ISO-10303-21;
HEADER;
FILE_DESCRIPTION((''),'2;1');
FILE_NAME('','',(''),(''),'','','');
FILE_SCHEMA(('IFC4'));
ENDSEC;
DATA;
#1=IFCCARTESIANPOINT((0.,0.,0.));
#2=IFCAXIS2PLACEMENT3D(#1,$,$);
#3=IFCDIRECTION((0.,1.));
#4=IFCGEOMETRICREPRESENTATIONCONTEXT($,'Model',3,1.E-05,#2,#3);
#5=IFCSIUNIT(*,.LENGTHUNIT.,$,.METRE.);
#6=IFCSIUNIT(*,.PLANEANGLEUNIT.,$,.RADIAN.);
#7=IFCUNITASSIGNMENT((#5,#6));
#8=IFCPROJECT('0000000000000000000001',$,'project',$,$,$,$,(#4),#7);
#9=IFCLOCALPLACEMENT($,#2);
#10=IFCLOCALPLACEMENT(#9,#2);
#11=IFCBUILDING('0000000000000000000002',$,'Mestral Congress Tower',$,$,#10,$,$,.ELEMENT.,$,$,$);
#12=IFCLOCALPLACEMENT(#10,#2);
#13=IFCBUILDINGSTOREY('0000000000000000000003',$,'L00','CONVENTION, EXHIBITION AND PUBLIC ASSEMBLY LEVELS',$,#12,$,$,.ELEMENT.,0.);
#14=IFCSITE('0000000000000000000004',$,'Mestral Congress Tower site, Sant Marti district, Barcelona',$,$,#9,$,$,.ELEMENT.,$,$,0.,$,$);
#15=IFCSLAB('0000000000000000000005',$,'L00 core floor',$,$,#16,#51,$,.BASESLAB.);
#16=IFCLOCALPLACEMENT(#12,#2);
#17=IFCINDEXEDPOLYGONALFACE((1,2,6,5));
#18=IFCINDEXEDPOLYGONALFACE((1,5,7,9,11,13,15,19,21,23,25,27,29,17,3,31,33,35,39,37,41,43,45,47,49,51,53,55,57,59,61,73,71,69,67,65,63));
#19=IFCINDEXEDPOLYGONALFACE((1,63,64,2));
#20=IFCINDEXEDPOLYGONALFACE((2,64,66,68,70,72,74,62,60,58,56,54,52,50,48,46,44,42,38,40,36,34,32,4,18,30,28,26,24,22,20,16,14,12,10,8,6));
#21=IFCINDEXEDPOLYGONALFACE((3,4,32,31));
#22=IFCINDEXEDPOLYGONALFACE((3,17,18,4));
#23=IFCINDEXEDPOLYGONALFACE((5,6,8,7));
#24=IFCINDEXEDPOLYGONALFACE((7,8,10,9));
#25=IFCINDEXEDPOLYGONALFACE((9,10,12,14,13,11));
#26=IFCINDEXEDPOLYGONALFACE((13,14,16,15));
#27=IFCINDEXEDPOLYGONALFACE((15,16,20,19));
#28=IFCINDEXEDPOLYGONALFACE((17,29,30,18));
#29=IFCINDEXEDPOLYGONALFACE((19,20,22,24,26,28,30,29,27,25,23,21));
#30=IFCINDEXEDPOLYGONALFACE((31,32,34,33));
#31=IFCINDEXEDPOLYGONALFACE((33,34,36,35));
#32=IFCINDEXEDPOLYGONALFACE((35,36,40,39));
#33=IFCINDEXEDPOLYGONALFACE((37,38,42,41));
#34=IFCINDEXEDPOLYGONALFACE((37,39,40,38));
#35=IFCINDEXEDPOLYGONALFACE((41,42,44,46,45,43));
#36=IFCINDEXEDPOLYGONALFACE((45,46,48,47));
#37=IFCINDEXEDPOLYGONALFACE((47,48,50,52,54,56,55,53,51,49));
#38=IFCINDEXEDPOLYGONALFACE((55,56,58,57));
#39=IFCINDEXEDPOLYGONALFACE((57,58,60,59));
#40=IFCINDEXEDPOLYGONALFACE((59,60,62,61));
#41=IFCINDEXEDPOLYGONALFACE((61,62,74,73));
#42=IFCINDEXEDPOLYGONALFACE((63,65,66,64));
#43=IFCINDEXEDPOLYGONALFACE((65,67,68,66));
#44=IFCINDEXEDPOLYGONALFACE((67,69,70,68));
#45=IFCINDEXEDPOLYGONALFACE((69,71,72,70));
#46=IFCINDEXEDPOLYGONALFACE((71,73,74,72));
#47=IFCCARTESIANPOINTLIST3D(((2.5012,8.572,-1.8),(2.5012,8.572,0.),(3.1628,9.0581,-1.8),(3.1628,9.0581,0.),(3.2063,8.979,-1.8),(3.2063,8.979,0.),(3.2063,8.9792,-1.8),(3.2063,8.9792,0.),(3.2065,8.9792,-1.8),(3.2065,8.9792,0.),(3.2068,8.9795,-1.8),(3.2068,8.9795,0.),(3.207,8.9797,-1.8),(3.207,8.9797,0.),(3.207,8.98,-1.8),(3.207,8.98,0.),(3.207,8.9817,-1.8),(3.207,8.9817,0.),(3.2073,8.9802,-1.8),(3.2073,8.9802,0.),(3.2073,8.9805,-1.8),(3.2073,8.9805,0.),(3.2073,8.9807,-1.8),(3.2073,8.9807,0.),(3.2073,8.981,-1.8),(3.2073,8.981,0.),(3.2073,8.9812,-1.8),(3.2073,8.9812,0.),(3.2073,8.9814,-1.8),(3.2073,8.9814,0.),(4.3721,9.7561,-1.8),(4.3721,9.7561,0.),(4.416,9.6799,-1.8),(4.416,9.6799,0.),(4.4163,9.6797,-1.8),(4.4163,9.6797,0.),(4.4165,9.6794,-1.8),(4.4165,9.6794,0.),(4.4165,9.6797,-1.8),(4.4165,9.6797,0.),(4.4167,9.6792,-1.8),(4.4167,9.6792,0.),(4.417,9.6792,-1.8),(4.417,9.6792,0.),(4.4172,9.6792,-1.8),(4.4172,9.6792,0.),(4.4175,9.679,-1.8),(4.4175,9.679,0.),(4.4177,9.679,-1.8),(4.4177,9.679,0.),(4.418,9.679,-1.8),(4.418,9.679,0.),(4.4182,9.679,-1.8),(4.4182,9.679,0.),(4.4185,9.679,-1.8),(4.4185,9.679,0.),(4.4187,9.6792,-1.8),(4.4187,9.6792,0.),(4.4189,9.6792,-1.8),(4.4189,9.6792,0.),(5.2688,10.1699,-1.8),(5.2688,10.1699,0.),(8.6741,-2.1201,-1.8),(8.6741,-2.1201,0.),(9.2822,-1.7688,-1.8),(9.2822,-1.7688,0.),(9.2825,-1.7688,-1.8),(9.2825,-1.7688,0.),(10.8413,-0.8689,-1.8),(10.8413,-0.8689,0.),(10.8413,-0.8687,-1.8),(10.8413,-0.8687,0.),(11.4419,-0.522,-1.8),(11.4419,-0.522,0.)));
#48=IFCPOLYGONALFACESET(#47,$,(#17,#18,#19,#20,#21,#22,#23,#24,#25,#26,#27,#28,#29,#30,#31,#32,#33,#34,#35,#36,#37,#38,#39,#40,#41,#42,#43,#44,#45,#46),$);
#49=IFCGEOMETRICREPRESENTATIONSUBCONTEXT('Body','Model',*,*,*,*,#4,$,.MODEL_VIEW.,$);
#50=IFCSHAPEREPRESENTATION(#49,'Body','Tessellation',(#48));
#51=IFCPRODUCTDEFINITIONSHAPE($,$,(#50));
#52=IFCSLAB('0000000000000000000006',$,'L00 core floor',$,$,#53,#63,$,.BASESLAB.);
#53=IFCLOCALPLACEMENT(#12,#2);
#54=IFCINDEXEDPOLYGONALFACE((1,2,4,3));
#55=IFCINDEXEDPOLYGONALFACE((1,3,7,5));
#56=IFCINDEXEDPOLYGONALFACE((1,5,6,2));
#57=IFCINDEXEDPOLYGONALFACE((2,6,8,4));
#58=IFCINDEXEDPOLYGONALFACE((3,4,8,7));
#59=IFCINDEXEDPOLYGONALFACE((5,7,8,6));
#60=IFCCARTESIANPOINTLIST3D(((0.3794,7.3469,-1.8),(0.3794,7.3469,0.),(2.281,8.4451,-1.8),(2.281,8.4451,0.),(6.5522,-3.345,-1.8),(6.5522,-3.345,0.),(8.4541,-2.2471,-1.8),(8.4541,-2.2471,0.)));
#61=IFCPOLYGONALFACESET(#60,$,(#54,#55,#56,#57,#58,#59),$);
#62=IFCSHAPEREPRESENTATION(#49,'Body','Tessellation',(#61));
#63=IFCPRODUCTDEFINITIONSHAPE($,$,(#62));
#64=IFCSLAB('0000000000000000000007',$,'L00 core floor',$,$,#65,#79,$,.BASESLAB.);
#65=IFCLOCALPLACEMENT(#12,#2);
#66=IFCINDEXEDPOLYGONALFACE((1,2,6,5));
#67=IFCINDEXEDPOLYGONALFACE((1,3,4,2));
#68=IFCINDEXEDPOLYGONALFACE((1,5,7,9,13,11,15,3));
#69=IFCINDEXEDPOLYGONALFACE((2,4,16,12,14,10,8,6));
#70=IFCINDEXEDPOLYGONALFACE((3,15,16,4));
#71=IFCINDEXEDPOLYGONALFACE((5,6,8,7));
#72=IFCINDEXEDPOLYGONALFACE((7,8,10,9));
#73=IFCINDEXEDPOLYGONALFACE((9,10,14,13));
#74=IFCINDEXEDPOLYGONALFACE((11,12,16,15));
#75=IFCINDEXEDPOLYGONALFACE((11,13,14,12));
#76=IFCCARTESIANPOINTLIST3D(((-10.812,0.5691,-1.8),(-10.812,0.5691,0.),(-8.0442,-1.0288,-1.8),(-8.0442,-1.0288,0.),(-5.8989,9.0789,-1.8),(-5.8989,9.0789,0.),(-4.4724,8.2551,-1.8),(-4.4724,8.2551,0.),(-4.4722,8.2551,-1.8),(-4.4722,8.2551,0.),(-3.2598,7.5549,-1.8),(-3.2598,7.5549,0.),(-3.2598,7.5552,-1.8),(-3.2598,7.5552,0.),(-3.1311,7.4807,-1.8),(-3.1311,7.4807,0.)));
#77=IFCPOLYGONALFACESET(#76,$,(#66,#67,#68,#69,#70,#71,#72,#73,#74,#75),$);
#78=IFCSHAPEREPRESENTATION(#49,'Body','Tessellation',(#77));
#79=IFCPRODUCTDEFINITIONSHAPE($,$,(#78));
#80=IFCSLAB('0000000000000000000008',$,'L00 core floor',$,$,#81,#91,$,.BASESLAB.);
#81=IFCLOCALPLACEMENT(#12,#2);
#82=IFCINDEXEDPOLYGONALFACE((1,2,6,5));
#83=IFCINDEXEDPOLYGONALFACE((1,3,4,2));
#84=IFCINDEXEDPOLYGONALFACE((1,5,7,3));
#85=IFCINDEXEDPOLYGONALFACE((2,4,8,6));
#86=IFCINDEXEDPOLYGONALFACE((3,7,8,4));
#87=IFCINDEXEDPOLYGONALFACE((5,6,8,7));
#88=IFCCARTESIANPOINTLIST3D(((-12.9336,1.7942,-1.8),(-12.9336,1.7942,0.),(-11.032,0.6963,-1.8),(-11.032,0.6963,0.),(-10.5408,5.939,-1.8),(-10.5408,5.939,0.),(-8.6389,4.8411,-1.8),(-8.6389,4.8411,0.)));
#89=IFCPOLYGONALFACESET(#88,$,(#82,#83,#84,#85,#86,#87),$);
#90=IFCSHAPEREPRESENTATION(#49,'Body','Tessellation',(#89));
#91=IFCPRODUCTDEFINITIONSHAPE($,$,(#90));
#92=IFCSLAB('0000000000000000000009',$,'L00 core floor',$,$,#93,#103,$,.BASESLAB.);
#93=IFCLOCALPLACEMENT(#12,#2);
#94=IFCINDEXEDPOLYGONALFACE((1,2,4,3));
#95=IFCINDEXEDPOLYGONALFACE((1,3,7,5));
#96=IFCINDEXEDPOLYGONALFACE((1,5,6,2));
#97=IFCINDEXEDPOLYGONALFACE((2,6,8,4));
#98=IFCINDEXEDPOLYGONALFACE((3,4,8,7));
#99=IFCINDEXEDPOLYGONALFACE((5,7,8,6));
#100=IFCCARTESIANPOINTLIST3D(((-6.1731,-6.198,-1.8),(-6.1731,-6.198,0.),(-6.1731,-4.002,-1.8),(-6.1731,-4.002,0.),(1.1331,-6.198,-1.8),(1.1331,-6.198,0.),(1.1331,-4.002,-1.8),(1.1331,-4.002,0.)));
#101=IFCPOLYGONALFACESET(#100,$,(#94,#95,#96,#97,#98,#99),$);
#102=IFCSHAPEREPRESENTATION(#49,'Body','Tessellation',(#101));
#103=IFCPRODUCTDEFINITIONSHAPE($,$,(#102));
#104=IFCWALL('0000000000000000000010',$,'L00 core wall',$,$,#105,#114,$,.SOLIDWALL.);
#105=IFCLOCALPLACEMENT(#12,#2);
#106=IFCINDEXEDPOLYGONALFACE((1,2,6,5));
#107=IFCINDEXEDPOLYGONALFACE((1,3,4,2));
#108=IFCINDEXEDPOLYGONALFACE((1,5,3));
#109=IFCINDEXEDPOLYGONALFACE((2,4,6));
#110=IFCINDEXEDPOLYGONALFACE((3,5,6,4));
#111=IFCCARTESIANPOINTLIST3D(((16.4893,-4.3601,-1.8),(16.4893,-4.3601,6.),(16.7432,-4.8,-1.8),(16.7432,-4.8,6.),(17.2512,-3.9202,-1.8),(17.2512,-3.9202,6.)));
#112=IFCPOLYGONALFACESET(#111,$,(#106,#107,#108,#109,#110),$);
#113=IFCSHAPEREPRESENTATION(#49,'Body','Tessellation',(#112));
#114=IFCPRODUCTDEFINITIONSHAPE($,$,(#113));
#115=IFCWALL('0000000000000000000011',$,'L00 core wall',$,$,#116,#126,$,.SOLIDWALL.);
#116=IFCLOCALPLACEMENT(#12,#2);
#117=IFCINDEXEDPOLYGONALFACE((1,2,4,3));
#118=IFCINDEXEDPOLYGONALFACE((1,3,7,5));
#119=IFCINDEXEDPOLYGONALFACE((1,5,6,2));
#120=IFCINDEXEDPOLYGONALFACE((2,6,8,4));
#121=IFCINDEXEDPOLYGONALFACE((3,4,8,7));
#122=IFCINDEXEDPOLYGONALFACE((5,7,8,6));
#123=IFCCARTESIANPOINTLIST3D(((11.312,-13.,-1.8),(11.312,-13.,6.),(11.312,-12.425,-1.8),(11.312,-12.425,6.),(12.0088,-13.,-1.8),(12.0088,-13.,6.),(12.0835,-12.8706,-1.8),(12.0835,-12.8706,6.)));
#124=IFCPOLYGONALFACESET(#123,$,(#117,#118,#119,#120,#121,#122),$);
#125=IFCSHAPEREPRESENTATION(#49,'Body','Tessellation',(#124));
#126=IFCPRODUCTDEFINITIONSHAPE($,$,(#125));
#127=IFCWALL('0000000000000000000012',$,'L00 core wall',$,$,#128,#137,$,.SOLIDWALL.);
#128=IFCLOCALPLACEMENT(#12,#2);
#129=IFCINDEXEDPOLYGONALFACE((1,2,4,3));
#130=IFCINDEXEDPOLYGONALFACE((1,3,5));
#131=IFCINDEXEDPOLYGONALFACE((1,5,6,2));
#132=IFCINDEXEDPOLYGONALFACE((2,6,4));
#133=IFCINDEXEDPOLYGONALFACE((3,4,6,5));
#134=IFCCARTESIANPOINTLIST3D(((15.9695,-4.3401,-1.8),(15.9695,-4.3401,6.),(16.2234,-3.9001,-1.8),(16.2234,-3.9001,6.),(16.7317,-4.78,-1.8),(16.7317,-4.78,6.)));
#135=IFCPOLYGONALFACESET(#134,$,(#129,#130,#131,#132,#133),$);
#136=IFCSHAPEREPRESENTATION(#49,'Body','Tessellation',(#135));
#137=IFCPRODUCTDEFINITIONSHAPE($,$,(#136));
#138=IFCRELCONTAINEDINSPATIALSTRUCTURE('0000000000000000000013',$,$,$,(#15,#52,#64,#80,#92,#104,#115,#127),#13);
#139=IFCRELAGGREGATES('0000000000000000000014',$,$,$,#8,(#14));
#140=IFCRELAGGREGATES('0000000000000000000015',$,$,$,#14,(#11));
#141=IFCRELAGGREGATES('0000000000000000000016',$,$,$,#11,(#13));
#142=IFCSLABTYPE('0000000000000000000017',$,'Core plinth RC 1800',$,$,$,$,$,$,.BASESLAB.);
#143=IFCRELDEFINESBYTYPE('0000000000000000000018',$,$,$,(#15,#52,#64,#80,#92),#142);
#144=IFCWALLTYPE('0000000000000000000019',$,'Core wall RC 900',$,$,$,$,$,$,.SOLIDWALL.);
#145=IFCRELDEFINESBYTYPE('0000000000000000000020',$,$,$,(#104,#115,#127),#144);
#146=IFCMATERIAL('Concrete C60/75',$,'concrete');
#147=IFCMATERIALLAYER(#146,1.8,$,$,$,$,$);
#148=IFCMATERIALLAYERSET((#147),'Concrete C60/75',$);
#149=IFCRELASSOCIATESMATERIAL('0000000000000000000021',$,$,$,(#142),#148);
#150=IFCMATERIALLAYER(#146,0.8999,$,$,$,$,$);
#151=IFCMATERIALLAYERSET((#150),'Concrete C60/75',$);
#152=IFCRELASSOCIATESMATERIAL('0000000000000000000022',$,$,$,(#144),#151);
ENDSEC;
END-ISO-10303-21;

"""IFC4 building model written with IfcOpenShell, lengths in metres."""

from ifc_helpers import new_model, si_unit, direction, frame, origin, place, context, subcontext, project, spatial, polyline, outline, extrude, material, layer, layer_set, type_object, element, save


model = new_model("IFC4")

# Units and contexts
model_context = context("Model", 3, precision=1e-05, world=origin(), true_north=direction((0.0, 1.0)))
body_context = subcontext(model_context, "Body", "Model", "MODEL_VIEW")
ifc_project = project(units=[si_unit("LENGTHUNIT", "METRE"), si_unit("PLANEANGLEUNIT", "RADIAN")], contexts=[model_context])

# Site, building, storey
site_placement = place(None, origin())
site = spatial("IfcSite", under=ifc_project, at=site_placement, Name="Mestral Congress Tower site, Sant Marti district, Barcelona", CompositionType="ELEMENT", RefElevation=0.0)
building_placement = place(site_placement, origin())
building = spatial("IfcBuilding", under=site, at=building_placement, Name="Mestral Congress Tower", CompositionType="ELEMENT")
storey_placement = place(building_placement, origin())
storey = spatial("IfcBuildingStorey", under=building, at=storey_placement, Name="L00", Description="CONVENTION, EXHIBITION AND PUBLIC ASSEMBLY LEVELS", CompositionType="ELEMENT", Elevation=0.0)

# Shared definitions
placement_1 = place(storey_placement, frame((0.0, 0.0, -1.8)))

# Slabs
ifc_material_1 = material(Name="Concrete C60/75", Category="concrete")
ifc_layer_1 = layer(ifc_material_1, 1.8)
ifc_layer_set_1 = layer_set([ifc_layer_1], Name="Concrete C60/75")
slab_type = type_object("IfcSlabType", Name="Core plinth RC 1800", PredefinedType="BASESLAB", material=ifc_layer_set_1)
element("IfcSlab", 1, at=placement_1, inside=storey, type_object=slab_type, Name="L00 core floor", PredefinedType="BASESLAB", context=body_context, shape_type="SweptSolid", body=[
    extrude(outline(polyline([(8.6741, -2.1201), (2.5012, 8.572), (3.2063, 8.979), (3.2063, 8.9792), (3.2065, 8.9792), (3.2068, 8.9795), (3.2068, 8.9795), (3.207, 8.9797), (3.207, 8.98), (3.207, 8.98), (3.2073, 8.9802), (3.2073, 8.9805), (3.2073, 8.9807), (3.2073, 8.981), (3.2073, 8.9812), (3.2073, 8.9812), (3.2073, 8.9814), (3.207, 8.9817), (3.207, 8.9817), (3.1628, 9.0581), (4.3721, 9.7561), (4.416, 9.6799), (4.4163, 9.6797), (4.4165, 9.6797), (4.4165, 9.6794), (4.4167, 9.6792), (4.4167, 9.6792), (4.417, 9.6792), (4.4172, 9.6792), (4.4175, 9.679), (4.4175, 9.679), (4.4177, 9.679), (4.418, 9.679), (4.4182, 9.679), (4.4182, 9.679), (4.4185, 9.679), (4.4187, 9.6792), (4.4189, 9.6792), (5.2688, 10.1699), (11.4419, -0.522), (10.8413, -0.8687), (10.8413, -0.8689), (9.2825, -1.7688), (9.2822, -1.7688), (8.6741, -2.1201)])), origin(), (0.0, 0.0, 1.0), 1.8),
])
element("IfcSlab", 2, at=placement_1, inside=storey, type_object=slab_type, Name="L00 core floor", PredefinedType="BASESLAB", context=body_context, shape_type="SweptSolid", body=[
    extrude(outline(polyline([(0.3794, 7.3469), (2.281, 8.4451), (8.4541, -2.2471), (6.5522, -3.345), (0.3794, 7.3469)])), origin(), (0.0, 0.0, 1.0), 1.8),
])
element("IfcSlab", 3, at=placement_1, inside=storey, type_object=slab_type, Name="L00 core floor", PredefinedType="BASESLAB", context=body_context, shape_type="SweptSolid", body=[
    extrude(outline(polyline([(-3.1311, 7.4807), (-8.0442, -1.0288), (-10.812, 0.5691), (-5.8989, 9.0789), (-4.4724, 8.2551), (-4.4722, 8.2551), (-3.2598, 7.5552), (-3.2598, 7.5549), (-3.1311, 7.4807)])), origin(), (0.0, 0.0, 1.0), 1.8),
])
element("IfcSlab", 4, at=placement_1, inside=storey, type_object=slab_type, Name="L00 core floor", PredefinedType="BASESLAB", context=body_context, shape_type="SweptSolid", body=[
    extrude(outline(polyline([(-10.5408, 5.939), (-8.6389, 4.8411), (-11.032, 0.6963), (-12.9336, 1.7942), (-10.5408, 5.939)])), origin(), (0.0, 0.0, 1.0), 1.8),
])
element("IfcSlab", 5, at=placement_1, inside=storey, type_object=slab_type, Name="L00 core floor", PredefinedType="BASESLAB", context=body_context, shape_type="SweptSolid", body=[
    extrude(outline(polyline([(1.1331, -4.002), (1.1331, -6.198), (-6.1731, -6.198), (-6.1731, -4.002), (1.1331, -4.002)])), origin(), (0.0, 0.0, 1.0), 1.8),
])

# Walls
ifc_layer_2 = layer(ifc_material_1, 0.8999)
ifc_layer_set_2 = layer_set([ifc_layer_2], Name="Concrete C60/75")
wall_type = type_object("IfcWallType", Name="Core wall RC 900", PredefinedType="SOLIDWALL", material=ifc_layer_set_2)
element("IfcWall", 6, at=placement_1, inside=storey, type_object=wall_type, Name="L00 core wall", PredefinedType="SOLIDWALL", context=body_context, shape_type="SweptSolid", body=[
    extrude(outline(polyline([(16.7432, -4.8), (16.4893, -4.3601), (17.2512, -3.9202), (16.7432, -4.8)])), origin(), (0.0, 0.0, 1.0), 7.8),
])
element("IfcWall", 7, at=placement_1, inside=storey, type_object=wall_type, Name="L00 core wall", PredefinedType="SOLIDWALL", context=body_context, shape_type="SweptSolid", body=[
    extrude(outline(polyline([(12.0088, -13.0), (11.312, -13.0), (11.312, -12.425), (12.0835, -12.8706), (12.0088, -13.0)])), origin(), (0.0, 0.0, 1.0), 7.8),
])
element("IfcWall", 8, at=placement_1, inside=storey, type_object=wall_type, Name="L00 core wall", PredefinedType="SOLIDWALL", context=body_context, shape_type="SweptSolid", body=[
    extrude(outline(polyline([(16.2234, -3.9001), (16.7317, -4.78), (15.9695, -4.3401), (16.2234, -3.9001)])), origin(), (0.0, 0.0, 1.0), 7.8),
])

save(model, "model.ifc")
